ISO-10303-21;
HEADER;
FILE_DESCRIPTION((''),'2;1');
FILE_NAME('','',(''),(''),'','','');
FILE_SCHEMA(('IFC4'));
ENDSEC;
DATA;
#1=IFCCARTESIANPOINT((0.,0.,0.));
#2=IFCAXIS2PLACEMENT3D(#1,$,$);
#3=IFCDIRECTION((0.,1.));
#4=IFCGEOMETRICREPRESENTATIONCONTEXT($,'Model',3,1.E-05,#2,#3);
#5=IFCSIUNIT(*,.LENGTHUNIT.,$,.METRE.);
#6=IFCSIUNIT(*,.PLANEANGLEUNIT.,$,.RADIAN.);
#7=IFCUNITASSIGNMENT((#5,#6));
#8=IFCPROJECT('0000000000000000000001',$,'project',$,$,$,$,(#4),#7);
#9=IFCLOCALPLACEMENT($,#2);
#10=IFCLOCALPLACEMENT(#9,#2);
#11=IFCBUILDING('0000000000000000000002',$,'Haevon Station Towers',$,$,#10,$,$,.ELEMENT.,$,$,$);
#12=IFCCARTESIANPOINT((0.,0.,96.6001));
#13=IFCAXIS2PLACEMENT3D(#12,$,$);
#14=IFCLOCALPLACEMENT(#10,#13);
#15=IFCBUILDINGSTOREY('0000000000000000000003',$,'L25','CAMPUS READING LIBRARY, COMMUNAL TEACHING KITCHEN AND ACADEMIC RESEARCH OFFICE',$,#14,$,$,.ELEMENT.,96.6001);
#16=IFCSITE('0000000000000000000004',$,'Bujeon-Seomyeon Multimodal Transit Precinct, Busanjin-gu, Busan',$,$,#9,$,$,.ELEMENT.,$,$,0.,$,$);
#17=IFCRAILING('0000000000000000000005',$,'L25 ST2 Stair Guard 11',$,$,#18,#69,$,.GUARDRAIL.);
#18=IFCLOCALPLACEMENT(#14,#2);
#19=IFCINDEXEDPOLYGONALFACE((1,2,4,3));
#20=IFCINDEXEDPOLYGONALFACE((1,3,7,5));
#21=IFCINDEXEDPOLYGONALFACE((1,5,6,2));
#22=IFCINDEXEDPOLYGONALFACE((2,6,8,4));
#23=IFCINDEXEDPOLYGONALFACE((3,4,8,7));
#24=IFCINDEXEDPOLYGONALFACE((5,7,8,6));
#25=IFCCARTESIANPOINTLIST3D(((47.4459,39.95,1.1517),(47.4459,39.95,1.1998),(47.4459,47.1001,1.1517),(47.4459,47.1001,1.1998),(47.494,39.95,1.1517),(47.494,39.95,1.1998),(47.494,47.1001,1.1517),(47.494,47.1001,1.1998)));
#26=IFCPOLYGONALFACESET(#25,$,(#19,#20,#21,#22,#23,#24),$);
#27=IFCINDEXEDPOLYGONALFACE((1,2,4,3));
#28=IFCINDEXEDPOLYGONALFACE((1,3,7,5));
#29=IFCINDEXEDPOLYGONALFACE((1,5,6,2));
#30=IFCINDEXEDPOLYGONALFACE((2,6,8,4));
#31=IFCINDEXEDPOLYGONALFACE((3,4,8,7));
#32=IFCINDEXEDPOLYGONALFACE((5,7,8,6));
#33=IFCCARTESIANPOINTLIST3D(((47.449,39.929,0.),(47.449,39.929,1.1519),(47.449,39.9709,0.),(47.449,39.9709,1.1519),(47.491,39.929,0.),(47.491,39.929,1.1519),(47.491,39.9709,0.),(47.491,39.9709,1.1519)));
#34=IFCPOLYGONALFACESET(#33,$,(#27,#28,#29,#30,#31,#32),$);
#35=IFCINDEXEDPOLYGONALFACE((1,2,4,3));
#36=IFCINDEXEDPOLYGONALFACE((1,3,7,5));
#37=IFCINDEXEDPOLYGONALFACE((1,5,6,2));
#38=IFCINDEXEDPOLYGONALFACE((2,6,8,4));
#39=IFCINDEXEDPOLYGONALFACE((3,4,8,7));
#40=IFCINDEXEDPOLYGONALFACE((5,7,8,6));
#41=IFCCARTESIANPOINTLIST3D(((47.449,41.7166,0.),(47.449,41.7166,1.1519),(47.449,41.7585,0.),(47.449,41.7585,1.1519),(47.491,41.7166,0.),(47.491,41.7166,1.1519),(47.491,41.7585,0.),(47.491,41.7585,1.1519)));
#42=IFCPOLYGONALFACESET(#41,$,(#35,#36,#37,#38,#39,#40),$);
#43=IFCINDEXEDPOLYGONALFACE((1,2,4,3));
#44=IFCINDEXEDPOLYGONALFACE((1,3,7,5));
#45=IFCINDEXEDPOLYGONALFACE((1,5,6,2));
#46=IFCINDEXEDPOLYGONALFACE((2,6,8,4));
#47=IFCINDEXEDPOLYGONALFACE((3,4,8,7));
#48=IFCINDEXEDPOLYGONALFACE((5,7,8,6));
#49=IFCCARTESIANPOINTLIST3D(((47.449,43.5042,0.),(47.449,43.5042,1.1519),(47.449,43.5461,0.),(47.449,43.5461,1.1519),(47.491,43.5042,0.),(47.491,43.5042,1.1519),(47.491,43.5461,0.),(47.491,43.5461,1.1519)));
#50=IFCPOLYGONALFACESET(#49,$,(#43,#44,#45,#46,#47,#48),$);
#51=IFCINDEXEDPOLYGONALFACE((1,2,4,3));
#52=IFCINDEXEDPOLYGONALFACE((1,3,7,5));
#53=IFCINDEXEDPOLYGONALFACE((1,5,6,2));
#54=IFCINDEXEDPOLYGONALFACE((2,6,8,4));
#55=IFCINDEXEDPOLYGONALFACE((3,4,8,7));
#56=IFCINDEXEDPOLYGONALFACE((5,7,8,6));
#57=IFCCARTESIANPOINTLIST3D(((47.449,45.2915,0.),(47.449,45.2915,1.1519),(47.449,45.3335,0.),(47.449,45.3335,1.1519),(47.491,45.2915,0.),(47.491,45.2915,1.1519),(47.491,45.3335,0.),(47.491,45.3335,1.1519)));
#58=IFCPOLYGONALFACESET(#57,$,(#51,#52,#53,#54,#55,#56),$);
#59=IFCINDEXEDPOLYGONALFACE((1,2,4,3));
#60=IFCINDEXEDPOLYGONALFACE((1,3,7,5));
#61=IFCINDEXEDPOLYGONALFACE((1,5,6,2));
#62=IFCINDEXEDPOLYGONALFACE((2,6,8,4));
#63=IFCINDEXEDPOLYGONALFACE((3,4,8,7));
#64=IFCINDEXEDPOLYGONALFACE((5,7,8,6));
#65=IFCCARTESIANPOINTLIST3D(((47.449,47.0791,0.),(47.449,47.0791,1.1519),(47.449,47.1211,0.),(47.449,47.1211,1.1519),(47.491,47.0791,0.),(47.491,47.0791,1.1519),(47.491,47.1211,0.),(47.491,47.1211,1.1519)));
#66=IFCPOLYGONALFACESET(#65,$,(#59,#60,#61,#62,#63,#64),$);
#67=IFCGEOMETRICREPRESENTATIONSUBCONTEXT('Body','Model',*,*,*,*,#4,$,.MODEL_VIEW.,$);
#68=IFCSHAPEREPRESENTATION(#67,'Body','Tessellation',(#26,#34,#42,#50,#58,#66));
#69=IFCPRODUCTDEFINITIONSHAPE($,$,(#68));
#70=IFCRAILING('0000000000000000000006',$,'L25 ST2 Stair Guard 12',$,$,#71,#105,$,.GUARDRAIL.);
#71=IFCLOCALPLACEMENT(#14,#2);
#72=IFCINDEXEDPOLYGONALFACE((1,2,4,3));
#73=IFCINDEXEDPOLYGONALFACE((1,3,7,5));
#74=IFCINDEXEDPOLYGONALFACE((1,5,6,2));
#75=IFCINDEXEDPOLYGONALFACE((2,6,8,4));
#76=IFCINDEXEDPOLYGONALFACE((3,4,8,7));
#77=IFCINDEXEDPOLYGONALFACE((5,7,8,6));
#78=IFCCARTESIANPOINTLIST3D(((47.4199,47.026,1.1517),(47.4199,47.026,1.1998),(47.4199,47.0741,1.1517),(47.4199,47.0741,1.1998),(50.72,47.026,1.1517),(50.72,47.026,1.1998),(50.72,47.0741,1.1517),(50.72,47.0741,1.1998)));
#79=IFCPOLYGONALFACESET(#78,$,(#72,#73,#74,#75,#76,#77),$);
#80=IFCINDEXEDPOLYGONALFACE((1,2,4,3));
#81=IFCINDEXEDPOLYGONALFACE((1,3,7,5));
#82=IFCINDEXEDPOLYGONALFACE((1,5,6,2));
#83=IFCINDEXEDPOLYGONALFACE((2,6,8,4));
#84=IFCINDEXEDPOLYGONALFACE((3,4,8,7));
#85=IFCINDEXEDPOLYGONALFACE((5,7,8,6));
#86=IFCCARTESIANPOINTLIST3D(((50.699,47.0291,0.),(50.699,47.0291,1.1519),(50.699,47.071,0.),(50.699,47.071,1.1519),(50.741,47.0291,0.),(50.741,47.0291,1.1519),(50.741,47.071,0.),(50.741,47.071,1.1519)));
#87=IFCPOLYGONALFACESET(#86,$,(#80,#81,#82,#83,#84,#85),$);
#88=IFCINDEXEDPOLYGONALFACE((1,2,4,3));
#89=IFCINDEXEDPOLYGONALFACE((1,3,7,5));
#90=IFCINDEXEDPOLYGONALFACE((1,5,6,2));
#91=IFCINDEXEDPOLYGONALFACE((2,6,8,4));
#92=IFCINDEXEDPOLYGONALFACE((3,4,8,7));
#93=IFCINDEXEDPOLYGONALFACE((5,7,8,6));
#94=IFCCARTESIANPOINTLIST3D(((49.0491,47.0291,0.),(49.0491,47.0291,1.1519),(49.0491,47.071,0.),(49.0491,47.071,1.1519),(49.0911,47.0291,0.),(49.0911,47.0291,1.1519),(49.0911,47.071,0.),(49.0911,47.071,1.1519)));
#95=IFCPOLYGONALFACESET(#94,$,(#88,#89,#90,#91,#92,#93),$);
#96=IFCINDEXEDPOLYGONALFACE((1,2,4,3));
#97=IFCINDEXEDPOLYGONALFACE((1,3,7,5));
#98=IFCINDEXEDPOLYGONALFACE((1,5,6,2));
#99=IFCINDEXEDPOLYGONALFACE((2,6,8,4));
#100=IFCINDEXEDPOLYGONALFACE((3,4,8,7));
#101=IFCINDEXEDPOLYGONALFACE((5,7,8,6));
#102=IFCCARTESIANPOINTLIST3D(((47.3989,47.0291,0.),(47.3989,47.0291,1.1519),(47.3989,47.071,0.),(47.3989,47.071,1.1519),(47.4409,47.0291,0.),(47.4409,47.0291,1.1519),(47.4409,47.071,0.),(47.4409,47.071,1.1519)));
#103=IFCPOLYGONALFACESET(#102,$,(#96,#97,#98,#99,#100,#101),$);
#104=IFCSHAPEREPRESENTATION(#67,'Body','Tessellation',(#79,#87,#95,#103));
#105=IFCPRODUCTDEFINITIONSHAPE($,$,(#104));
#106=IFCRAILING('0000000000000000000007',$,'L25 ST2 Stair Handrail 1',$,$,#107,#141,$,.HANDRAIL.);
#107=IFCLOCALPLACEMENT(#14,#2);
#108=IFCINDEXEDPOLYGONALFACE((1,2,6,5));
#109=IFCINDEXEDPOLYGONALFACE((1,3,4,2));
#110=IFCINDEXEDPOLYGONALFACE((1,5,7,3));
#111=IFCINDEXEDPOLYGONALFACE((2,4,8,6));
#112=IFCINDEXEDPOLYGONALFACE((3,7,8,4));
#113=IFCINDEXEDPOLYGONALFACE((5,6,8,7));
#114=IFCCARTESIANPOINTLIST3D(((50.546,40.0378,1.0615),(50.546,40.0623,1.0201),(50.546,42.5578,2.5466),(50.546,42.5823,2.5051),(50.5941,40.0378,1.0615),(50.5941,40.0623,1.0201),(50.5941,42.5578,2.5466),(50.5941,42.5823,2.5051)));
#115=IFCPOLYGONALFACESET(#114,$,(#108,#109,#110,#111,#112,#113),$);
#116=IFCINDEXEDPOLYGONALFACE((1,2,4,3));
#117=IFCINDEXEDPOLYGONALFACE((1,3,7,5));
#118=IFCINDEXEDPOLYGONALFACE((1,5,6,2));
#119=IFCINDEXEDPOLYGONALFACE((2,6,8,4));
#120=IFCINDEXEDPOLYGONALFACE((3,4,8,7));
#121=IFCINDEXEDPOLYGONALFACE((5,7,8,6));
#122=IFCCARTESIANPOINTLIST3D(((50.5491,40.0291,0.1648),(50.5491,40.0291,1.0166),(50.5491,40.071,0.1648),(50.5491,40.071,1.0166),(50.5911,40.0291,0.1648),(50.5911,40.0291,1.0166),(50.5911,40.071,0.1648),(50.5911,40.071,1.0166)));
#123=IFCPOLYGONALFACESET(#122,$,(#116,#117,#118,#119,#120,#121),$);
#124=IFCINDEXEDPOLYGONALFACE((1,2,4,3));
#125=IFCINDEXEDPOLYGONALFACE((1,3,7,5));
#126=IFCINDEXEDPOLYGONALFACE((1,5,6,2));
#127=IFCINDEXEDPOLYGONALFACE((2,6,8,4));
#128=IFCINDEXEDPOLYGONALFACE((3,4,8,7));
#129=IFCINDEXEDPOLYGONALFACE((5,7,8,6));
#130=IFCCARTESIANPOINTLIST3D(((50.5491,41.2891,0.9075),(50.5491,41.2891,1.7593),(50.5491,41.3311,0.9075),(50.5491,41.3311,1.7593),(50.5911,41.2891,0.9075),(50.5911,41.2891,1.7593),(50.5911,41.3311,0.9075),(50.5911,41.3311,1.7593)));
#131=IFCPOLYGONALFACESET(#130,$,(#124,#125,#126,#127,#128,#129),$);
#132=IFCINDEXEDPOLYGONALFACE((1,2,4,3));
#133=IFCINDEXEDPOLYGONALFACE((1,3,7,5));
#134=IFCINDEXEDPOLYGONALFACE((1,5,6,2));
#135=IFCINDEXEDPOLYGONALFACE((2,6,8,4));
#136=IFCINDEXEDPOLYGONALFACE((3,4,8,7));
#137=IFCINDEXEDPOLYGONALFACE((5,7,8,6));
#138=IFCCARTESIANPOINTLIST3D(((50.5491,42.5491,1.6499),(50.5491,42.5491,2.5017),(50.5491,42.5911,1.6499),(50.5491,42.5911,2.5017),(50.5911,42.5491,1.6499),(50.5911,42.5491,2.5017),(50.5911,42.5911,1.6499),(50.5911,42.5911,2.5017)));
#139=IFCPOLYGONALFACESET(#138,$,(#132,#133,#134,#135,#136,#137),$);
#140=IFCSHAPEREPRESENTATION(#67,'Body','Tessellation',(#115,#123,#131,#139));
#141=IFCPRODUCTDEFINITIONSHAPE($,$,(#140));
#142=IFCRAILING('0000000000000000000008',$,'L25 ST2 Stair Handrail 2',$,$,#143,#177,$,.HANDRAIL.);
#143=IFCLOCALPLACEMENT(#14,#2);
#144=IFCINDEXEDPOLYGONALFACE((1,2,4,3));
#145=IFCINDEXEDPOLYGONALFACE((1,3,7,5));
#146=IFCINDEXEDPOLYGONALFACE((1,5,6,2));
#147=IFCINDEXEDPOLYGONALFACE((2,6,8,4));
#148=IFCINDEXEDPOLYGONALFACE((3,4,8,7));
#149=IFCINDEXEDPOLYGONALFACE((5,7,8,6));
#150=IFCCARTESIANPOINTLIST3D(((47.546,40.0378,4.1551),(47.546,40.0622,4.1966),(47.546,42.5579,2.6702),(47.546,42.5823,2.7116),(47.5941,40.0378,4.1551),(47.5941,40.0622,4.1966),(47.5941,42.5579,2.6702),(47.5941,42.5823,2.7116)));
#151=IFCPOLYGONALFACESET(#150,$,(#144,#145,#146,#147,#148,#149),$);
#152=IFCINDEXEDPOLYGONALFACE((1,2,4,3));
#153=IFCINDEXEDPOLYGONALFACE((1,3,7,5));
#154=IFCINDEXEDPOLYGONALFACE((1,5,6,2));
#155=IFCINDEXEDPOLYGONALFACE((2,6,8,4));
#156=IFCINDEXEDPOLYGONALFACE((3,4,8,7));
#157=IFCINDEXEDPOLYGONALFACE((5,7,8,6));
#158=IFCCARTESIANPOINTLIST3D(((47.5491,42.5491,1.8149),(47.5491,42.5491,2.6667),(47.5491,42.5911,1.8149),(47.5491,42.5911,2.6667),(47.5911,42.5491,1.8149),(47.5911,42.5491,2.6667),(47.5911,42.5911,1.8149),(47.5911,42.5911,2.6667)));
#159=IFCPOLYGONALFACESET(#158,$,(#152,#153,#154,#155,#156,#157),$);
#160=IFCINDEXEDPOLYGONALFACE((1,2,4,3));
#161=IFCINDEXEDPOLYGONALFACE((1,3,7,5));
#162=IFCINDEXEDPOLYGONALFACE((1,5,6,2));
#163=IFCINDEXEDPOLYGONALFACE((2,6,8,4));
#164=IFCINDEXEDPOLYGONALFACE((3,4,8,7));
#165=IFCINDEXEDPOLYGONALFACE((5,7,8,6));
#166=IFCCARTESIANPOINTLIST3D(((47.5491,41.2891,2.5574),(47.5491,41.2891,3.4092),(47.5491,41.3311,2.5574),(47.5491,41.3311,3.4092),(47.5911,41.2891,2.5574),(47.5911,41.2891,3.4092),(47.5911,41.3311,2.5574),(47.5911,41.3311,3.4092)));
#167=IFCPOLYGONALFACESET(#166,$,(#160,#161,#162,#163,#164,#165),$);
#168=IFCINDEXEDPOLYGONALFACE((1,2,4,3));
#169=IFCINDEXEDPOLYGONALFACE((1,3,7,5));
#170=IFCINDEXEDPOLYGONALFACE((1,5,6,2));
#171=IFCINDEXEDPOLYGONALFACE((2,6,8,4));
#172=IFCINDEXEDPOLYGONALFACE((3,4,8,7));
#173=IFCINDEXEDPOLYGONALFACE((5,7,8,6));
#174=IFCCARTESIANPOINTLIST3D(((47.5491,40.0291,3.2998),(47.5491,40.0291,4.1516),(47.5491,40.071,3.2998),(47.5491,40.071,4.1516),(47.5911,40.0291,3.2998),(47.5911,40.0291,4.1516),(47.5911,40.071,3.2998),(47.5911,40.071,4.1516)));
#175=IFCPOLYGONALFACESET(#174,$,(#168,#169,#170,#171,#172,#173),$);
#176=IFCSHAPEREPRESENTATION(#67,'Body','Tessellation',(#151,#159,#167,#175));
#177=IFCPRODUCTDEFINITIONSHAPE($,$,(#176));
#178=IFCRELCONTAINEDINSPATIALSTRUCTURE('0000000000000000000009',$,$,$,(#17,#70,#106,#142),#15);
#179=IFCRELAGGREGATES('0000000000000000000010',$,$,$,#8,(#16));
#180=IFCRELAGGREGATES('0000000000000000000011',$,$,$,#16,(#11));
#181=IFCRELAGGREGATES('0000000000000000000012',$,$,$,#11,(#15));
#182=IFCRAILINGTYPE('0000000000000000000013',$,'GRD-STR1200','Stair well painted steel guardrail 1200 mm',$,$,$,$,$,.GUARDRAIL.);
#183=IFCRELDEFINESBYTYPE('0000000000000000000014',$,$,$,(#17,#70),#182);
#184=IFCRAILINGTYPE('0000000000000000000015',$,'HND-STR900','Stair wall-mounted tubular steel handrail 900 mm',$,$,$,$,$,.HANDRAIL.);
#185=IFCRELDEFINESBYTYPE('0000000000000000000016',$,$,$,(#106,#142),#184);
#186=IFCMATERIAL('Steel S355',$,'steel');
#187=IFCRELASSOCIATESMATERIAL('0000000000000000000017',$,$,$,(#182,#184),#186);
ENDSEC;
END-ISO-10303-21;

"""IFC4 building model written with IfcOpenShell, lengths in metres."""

from ifc_helpers import new_model, si_unit, direction, frame, origin, origin_2d, place, context, subcontext, project, spatial, rectangle, extrude, material, type_object, element, save


model = new_model("IFC4")

# Units and contexts
model_context = context("Model", 3, precision=1e-05, world=origin(), true_north=direction((0.0, 1.0)))
body_context = subcontext(model_context, "Body", "Model", "MODEL_VIEW")
ifc_project = project(units=[si_unit("LENGTHUNIT", "METRE"), si_unit("PLANEANGLEUNIT", "RADIAN")], contexts=[model_context])

# Site, building, storey
site_placement = place(None, origin())
site = spatial("IfcSite", under=ifc_project, at=site_placement, Name="Bujeon-Seomyeon Multimodal Transit Precinct, Busanjin-gu, Busan", CompositionType="ELEMENT", RefElevation=0.0)
building_placement = place(site_placement, origin())
building = spatial("IfcBuilding", under=site, at=building_placement, Name="Haevon Station Towers", CompositionType="ELEMENT")
storey_placement = place(building_placement, frame((0.0, 0.0, 96.6001)))
storey = spatial("IfcBuildingStorey", under=building, at=storey_placement, Name="L25", Description="CAMPUS READING LIBRARY, COMMUNAL TEACHING KITCHEN AND ACADEMIC RESEARCH OFFICE", CompositionType="ELEMENT", Elevation=96.6001)

# Shared definitions
ifc_material_1 = material(Name="Steel S355", Category="steel")

# Railings
railing_type_1 = type_object("IfcRailingType", Name="GRD-STR1200", Description="Stair well painted steel guardrail 1200 mm", PredefinedType="GUARDRAIL", material=ifc_material_1)
for number, where, name in (
    (1, (47.47, 39.95, 0.0), "L25 ST2 Stair Guard 11"),
):
    element("IfcRailing", number, at=place(storey_placement, frame(where)), inside=storey, type_object=railing_type_1, Name=name, PredefinedType="GUARDRAIL", context=body_context, shape_type="SweptSolid", body=[
        extrude(rectangle(XDim=0.0481, YDim=0.0481, at=origin_2d()), frame((0.0, 0.0, 1.1758), z_axis=(0.0, 1.0, 0.0), x_axis=(-1.0, 0.0, 0.0)), (0.0, 0.0, 1.0), 7.1501),
        extrude(rectangle(XDim=0.042, YDim=0.042, at=origin_2d()), origin(), (0.0, 0.0, 1.0), 1.1519),
        extrude(rectangle(XDim=0.042, YDim=0.042, at=origin_2d()), frame((0.0, 1.7876, 0.0)), (0.0, 0.0, 1.0), 1.1519),
        extrude(rectangle(XDim=0.042, YDim=0.042, at=origin_2d()), frame((0.0, 3.5752, 0.0)), (0.0, 0.0, 1.0), 1.1519),
        extrude(rectangle(XDim=0.042, YDim=0.042, at=origin_2d()), frame((0.0, 5.3625, 0.0)), (0.0, 0.0, 1.0), 1.1519),
        extrude(rectangle(XDim=0.042, YDim=0.042, at=origin_2d()), frame((0.0, 7.1501, 0.0)), (0.0, 0.0, 1.0), 1.1519),
    ])
railing_1_placement = place(storey_placement, frame((50.72, 47.05, 0.0)))
element("IfcRailing", 2, at=railing_1_placement, inside=storey, type_object=railing_type_1, Name="L25 ST2 Stair Guard 12", PredefinedType="GUARDRAIL", context=body_context, shape_type="SweptSolid", body=[
    extrude(rectangle(XDim=0.0481, YDim=0.0481, at=origin_2d()), frame((0.0, 0.0, 1.1758), z_axis=(-1.0, 0.0, 0.0), x_axis=(0.0, -1.0, 0.0)), (0.0, 0.0, 1.0), 3.3),
    extrude(rectangle(XDim=0.042, YDim=0.042, at=origin_2d()), origin(), (0.0, 0.0, 1.0), 1.1519),
    extrude(rectangle(XDim=0.042, YDim=0.042, at=origin_2d()), frame((-1.6499, 0.0, 0.0)), (0.0, 0.0, 1.0), 1.1519),
    extrude(rectangle(XDim=0.042, YDim=0.042, at=origin_2d()), frame((-3.3, 0.0, 0.0)), (0.0, 0.0, 1.0), 1.1519),
])
railing_type_2 = type_object("IfcRailingType", Name="HND-STR900", Description="Stair wall-mounted tubular steel handrail 900 mm", PredefinedType="HANDRAIL", material=ifc_material_1)
railing_2_placement = place(storey_placement, frame((50.5701, 40.05, 0.1648)))
element("IfcRailing", 3, at=railing_2_placement, inside=storey, type_object=railing_type_2, Name="L25 ST2 Stair Handrail 1", PredefinedType="HANDRAIL", context=body_context, shape_type="SweptSolid", body=[
    extrude(rectangle(XDim=0.0481, YDim=0.0481, at=origin_2d()), frame((0.0, 0.0, 0.876), z_axis=(0.0, 0.861524, 0.507717), x_axis=(-1.0, 0.0, 0.0)), (0.0, 0.0, 1.0), 2.925),
    extrude(rectangle(XDim=0.042, YDim=0.042, at=origin_2d()), origin(), (0.0, 0.0, 1.0), 0.8518),
    extrude(rectangle(XDim=0.042, YDim=0.042, at=origin_2d()), frame((0.0, 1.26, 0.7427)), (0.0, 0.0, 1.0), 0.8518),
    extrude(rectangle(XDim=0.042, YDim=0.042, at=origin_2d()), frame((0.0, 2.52, 1.4851)), (0.0, 0.0, 1.0), 0.8518),
])
railing_3_placement = place(storey_placement, frame((47.5701, 42.5701, 1.8149)))
element("IfcRailing", 4, at=railing_3_placement, inside=storey, type_object=railing_type_2, Name="L25 ST2 Stair Handrail 2", PredefinedType="HANDRAIL", context=body_context, shape_type="SweptSolid", body=[
    extrude(rectangle(XDim=0.0481, YDim=0.0481, at=origin_2d()), frame((0.0, 0.0, 0.876), z_axis=(0.0, -0.861561, 0.507655), x_axis=(1.0, 0.0, 0.0)), (0.0, 0.0, 1.0), 2.925),
    extrude(rectangle(XDim=0.042, YDim=0.042, at=origin_2d()), origin(), (0.0, 0.0, 1.0), 0.8518),
    extrude(rectangle(XDim=0.042, YDim=0.042, at=origin_2d()), frame((0.0, -1.26, 0.7424)), (0.0, 0.0, 1.0), 0.8518),
    extrude(rectangle(XDim=0.042, YDim=0.042, at=origin_2d()), frame((0.0, -2.52, 1.4849)), (0.0, 0.0, 1.0), 0.8518),
])

save(model, "model.ifc")
